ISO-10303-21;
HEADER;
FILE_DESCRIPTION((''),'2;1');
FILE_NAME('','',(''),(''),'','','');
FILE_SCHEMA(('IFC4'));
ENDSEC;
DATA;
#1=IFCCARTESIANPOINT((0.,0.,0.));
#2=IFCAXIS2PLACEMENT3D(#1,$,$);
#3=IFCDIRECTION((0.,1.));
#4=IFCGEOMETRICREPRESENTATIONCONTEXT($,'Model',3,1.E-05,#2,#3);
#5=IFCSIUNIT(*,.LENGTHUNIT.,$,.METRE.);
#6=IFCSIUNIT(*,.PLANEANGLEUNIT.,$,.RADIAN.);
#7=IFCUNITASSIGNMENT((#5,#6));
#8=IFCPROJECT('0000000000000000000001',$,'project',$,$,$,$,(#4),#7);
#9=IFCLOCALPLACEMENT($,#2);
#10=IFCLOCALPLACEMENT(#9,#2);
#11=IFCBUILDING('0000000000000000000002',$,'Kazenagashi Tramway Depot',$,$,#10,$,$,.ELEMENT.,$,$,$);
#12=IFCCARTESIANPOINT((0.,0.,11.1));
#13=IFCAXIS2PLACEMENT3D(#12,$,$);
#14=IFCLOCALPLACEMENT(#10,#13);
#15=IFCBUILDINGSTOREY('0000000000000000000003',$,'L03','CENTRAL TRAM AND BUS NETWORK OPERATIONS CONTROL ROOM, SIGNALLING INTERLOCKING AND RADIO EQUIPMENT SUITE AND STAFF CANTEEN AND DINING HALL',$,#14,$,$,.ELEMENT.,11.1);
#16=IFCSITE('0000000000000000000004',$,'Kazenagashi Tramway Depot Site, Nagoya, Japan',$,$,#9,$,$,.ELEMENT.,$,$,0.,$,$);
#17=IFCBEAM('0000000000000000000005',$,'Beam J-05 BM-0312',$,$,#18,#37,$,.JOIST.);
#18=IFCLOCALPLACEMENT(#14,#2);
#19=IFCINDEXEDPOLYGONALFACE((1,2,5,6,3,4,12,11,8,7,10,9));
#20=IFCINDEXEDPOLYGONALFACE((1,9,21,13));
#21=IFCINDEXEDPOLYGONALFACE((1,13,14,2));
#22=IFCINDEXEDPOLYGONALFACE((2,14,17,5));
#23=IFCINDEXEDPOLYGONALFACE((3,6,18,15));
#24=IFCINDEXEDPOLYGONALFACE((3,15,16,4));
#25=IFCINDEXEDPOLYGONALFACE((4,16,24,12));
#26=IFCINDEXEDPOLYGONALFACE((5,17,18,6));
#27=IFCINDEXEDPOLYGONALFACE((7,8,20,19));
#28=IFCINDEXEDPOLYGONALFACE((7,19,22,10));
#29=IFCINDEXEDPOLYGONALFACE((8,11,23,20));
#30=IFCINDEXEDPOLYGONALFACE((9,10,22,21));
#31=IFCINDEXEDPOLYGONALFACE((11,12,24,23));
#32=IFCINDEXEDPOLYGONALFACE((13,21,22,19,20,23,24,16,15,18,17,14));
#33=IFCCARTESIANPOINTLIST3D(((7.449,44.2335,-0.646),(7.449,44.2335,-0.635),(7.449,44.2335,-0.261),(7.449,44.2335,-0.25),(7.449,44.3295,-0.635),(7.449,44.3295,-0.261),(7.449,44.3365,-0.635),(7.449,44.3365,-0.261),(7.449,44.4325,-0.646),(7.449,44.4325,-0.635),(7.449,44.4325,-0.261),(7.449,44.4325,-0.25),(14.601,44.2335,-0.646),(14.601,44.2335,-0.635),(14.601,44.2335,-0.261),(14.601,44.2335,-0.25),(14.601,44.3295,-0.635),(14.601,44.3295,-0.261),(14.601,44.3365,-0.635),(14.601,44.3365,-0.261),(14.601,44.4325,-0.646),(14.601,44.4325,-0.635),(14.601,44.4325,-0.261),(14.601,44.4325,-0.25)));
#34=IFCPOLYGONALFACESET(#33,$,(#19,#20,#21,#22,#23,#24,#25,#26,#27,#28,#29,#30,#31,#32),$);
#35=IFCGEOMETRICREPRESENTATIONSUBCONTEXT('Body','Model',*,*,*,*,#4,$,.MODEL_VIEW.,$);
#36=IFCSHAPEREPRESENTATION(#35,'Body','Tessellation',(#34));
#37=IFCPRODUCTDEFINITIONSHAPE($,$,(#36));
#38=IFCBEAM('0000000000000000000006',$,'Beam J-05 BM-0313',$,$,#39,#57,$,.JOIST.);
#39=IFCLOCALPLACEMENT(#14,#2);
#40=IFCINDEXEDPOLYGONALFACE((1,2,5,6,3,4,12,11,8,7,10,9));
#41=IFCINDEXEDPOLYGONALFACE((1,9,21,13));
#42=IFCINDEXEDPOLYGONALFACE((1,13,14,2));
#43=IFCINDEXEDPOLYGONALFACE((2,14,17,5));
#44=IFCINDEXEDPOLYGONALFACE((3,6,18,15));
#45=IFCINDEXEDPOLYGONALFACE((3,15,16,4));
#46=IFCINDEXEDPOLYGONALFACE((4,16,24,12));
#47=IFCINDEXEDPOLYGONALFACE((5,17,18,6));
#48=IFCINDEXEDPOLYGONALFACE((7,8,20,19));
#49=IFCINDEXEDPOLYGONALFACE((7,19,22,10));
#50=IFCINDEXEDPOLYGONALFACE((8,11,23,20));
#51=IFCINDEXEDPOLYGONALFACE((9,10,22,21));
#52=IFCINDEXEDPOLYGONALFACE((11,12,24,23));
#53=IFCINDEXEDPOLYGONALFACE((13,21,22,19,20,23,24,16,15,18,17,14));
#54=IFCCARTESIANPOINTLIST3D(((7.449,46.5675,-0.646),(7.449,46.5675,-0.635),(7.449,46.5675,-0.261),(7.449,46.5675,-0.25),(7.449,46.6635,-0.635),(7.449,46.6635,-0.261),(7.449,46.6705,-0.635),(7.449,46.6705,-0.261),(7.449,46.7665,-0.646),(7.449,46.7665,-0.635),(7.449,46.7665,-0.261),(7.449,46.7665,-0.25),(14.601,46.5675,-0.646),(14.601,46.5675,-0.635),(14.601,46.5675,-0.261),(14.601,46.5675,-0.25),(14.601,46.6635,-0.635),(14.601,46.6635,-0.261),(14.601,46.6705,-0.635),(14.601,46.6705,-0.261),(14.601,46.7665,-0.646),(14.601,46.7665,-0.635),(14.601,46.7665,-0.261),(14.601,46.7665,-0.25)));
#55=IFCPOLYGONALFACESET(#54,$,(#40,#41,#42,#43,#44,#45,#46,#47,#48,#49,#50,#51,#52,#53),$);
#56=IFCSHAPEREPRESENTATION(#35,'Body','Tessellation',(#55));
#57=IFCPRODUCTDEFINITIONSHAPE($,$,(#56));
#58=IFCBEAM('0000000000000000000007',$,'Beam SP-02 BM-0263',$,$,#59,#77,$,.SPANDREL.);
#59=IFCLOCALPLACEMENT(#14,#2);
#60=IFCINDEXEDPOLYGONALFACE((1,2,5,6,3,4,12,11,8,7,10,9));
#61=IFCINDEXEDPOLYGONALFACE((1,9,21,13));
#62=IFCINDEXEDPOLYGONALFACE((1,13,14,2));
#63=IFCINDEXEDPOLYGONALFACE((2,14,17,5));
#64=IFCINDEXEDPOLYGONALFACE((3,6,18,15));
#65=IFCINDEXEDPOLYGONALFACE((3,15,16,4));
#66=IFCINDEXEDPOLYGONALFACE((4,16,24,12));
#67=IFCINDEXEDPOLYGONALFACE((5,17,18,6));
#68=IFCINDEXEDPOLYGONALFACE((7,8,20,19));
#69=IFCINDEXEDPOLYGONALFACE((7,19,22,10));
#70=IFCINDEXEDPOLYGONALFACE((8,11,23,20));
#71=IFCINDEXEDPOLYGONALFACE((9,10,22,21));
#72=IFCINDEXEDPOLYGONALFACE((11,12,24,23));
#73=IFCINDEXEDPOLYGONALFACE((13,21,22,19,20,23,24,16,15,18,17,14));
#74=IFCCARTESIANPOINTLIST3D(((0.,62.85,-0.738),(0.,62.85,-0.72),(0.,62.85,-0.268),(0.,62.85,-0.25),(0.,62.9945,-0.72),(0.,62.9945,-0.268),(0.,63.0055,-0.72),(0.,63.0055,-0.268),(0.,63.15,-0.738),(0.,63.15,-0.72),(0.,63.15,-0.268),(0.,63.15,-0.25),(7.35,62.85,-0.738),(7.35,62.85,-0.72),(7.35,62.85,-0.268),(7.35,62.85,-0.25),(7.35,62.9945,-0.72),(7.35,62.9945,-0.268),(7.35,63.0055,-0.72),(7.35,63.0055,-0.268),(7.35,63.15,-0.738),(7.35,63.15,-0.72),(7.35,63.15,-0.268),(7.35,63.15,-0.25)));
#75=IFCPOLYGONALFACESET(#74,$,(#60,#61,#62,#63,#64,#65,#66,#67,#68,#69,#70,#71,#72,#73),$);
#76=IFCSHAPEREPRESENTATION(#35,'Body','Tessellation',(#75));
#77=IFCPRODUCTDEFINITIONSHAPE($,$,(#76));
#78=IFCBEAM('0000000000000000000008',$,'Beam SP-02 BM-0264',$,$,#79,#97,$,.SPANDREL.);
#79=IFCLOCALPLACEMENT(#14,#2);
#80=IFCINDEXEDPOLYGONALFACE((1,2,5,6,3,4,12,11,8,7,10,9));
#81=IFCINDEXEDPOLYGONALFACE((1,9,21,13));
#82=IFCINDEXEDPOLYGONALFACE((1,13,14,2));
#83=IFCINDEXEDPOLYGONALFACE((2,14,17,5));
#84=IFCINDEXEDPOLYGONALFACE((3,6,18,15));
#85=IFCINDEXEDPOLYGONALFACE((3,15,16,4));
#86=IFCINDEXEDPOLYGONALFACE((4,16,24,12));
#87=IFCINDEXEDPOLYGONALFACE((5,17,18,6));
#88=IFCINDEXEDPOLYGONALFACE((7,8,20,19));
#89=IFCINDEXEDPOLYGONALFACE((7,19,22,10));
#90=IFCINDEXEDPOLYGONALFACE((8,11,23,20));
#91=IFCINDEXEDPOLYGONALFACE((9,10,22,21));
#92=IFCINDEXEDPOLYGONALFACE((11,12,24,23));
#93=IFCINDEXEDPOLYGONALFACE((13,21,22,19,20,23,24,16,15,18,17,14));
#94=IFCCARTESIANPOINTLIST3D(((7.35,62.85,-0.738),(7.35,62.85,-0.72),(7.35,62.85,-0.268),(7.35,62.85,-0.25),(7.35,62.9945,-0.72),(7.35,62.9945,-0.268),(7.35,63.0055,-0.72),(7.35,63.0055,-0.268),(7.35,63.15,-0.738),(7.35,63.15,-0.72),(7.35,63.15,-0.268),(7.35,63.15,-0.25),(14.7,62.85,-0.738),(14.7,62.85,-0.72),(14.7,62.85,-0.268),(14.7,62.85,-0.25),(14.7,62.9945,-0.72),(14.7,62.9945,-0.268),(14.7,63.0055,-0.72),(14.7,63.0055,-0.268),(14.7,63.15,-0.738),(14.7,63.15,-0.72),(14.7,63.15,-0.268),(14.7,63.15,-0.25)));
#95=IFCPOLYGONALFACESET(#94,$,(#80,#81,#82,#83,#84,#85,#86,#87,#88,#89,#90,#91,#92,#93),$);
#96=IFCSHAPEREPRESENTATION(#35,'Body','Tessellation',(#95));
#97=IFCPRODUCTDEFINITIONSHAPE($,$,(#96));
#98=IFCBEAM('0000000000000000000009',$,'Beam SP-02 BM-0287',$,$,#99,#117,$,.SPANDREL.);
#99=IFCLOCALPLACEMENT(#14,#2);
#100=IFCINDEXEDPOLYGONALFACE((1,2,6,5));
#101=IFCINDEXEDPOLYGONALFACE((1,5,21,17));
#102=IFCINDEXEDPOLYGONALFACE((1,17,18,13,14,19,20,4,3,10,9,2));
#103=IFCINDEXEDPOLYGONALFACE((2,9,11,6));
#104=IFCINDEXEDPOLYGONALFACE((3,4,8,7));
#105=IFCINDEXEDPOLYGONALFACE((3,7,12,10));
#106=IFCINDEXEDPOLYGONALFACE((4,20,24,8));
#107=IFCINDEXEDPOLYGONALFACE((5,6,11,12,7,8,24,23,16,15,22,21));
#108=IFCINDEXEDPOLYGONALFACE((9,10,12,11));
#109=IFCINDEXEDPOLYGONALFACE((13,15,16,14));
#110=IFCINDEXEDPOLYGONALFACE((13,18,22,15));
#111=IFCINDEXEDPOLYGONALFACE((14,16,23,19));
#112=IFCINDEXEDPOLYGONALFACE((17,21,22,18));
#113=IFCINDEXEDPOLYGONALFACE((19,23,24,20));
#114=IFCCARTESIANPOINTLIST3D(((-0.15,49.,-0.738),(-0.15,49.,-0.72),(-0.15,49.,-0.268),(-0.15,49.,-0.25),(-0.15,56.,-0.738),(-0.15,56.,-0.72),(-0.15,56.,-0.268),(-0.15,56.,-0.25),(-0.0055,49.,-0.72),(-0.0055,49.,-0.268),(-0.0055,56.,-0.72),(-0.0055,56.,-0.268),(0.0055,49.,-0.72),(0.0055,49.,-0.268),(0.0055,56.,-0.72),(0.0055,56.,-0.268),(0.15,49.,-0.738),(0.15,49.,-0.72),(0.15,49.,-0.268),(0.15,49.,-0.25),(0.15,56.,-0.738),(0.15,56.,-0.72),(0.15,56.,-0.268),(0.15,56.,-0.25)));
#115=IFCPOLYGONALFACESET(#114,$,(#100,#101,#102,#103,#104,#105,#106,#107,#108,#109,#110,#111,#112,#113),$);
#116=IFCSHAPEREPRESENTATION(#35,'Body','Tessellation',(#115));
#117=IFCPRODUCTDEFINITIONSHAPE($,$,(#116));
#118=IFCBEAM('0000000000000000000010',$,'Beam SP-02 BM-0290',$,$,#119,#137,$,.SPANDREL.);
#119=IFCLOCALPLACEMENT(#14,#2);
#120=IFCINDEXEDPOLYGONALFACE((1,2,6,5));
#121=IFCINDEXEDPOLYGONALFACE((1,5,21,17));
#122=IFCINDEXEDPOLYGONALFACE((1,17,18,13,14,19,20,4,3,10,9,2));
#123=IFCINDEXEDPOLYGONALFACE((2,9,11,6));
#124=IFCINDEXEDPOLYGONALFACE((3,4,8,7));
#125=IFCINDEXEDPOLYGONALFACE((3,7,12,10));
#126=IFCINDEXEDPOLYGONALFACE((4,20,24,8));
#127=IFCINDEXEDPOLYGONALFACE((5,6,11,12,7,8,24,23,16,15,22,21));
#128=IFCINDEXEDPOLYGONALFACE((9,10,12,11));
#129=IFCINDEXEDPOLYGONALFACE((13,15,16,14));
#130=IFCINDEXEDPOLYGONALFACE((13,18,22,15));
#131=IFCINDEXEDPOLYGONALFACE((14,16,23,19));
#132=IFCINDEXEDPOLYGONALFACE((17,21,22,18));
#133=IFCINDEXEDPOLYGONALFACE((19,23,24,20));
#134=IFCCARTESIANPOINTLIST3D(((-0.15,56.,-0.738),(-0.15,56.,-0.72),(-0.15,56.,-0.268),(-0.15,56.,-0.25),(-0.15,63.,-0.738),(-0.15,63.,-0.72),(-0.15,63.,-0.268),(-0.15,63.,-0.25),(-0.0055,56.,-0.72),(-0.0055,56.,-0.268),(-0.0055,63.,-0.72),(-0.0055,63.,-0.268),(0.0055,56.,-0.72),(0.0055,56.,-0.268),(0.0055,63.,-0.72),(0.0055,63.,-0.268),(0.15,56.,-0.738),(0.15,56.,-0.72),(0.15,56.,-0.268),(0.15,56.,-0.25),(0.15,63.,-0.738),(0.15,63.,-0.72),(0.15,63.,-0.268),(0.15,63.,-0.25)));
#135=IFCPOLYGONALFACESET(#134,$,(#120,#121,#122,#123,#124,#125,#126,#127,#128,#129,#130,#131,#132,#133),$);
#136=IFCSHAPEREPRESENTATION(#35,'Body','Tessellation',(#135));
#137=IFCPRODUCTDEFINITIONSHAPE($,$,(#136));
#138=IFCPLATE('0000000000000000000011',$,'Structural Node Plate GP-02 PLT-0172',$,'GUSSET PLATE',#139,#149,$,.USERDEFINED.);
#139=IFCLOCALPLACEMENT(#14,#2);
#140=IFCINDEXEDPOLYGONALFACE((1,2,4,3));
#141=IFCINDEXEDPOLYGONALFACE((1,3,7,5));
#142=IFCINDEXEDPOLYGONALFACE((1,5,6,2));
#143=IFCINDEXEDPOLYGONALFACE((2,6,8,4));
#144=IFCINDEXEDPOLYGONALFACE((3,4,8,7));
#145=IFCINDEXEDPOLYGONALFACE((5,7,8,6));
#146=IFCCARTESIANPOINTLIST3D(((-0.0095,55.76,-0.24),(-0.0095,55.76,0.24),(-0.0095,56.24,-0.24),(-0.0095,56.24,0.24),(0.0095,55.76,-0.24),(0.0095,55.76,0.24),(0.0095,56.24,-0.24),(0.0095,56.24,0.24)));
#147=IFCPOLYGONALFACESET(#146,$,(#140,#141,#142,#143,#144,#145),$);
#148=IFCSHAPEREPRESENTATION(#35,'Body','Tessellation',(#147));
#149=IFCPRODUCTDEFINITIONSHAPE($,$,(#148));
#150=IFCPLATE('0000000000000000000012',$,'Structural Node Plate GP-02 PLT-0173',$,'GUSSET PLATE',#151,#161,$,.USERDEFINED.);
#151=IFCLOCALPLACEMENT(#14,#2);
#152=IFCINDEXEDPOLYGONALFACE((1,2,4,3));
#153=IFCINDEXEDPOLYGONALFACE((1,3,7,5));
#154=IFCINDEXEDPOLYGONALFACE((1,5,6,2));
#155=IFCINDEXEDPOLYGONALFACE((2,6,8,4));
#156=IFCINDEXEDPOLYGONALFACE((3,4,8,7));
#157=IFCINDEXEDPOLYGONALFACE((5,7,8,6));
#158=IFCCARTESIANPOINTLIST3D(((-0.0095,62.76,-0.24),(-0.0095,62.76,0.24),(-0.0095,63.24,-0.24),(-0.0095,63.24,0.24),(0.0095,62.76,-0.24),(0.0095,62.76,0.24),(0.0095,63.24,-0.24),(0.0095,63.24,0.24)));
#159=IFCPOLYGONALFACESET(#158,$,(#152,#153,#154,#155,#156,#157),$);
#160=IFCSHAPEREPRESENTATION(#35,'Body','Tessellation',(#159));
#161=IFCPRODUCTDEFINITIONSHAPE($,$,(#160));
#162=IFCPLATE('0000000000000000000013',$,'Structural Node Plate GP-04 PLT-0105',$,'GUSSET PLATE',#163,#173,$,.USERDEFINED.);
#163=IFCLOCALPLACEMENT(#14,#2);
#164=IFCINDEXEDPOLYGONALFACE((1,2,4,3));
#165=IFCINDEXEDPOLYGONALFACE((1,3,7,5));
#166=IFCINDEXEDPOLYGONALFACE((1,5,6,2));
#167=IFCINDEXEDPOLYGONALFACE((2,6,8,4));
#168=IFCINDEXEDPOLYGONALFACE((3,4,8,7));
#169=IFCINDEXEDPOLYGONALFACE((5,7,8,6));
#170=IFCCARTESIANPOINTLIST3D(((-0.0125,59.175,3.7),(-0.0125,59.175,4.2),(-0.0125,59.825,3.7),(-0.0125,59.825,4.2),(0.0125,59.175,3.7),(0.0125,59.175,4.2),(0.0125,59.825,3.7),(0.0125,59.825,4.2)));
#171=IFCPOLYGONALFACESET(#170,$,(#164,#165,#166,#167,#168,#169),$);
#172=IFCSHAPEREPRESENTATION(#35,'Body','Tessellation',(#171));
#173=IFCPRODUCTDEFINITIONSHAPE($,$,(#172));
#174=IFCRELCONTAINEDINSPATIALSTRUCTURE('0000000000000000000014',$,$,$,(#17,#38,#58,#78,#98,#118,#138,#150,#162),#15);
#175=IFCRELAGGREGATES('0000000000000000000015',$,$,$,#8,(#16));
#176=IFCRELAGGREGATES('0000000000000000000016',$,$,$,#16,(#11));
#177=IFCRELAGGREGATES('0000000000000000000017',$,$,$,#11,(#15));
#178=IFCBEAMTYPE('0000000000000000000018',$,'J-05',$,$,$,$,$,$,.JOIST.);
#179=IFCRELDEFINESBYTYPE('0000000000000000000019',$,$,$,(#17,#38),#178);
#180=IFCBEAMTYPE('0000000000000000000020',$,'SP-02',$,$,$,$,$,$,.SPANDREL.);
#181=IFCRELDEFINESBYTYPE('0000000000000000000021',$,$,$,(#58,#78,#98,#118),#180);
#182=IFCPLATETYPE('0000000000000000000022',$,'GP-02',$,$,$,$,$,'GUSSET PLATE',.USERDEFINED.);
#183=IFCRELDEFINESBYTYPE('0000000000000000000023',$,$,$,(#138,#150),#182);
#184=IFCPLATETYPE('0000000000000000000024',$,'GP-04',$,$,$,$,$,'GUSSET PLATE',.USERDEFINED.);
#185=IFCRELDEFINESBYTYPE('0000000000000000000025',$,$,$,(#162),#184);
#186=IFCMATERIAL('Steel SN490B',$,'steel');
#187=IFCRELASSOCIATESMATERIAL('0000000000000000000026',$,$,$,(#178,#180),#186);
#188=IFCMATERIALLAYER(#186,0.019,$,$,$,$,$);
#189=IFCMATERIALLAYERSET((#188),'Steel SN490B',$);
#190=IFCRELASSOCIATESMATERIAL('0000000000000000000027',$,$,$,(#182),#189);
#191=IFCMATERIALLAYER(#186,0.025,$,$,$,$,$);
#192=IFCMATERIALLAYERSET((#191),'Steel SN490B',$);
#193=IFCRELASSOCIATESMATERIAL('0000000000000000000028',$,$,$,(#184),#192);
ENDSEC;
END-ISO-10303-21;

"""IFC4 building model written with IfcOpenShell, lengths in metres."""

from ifc_helpers import new_model, si_unit, direction, frame, origin, origin_2d, place, context, subcontext, project, spatial, rectangle, i_section, extrude, material, layer, layer_set, material_profile, profile_set, type_object, element, save


model = new_model("IFC4")

# Units and contexts
model_context = context("Model", 3, precision=1e-05, world=origin(), true_north=direction((0.0, 1.0)))
body_context = subcontext(model_context, "Body", "Model", "MODEL_VIEW")
ifc_project = project(units=[si_unit("LENGTHUNIT", "METRE"), si_unit("PLANEANGLEUNIT", "RADIAN")], contexts=[model_context])

# Site, building, storey
site_placement = place(None, origin())
site = spatial("IfcSite", under=ifc_project, at=site_placement, Name="Kazenagashi Tramway Depot Site, Nagoya, Japan", CompositionType="ELEMENT", RefElevation=0.0)
building_placement = place(site_placement, origin())
building = spatial("IfcBuilding", under=site, at=building_placement, Name="Kazenagashi Tramway Depot", CompositionType="ELEMENT")
storey_placement = place(building_placement, frame((0.0, 0.0, 11.1)))
storey = spatial("IfcBuildingStorey", under=building, at=storey_placement, Name="L03", Description="CENTRAL TRAM AND BUS NETWORK OPERATIONS CONTROL ROOM, SIGNALLING INTERLOCKING AND RADIO EQUIPMENT SUITE AND STAFF CANTEEN AND DINING HALL", CompositionType="ELEMENT", Elevation=11.1)

# Shared definitions
ifc_material_1 = material(Name="Steel SN490B", Category="steel")

# Beams
ifc_material_profile_1 = material_profile(ifc_material_1, i_section(OverallWidth=0.199, OverallDepth=0.396, WebThickness=0.007, FlangeThickness=0.011, at=origin_2d()), Name="H-396x199x7x11")
ifc_profile_set_1 = profile_set([ifc_material_profile_1], Name="Steel SN490B")
beam_type_1 = type_object("IfcBeamType", Name="J-05", PredefinedType="JOIST", material=ifc_profile_set_1)
for number, where, z_axis, x_axis, name in (
    (1, (7.449, 44.333, -0.448), (1.0, 0.0, 0.0), (0.0, 1.0, 0.0), "Beam J-05 BM-0312"),
    (2, (7.449, 46.667, -0.448), (1.0, 0.0, 0.0), (0.0, 1.0, 0.0), "Beam J-05 BM-0313"),
):
    element("IfcBeam", number, at=place(storey_placement, frame(where, z_axis=z_axis, x_axis=x_axis)), inside=storey, type_object=beam_type_1, Name=name, PredefinedType="JOIST", context=body_context, shape_type="SweptSolid", body=[
        extrude(i_section(OverallWidth=0.199, OverallDepth=0.396, WebThickness=0.007, FlangeThickness=0.011, at=origin_2d()), origin(), (0.0, 0.0, 1.0), 7.152),
    ])
ifc_material_profile_2 = material_profile(ifc_material_1, i_section(OverallWidth=0.3, OverallDepth=0.488, WebThickness=0.011, FlangeThickness=0.018, at=origin_2d()), Name="H-488x300x11x18")
ifc_profile_set_2 = profile_set([ifc_material_profile_2], Name="Steel SN490B")
beam_type_2 = type_object("IfcBeamType", Name="SP-02", PredefinedType="SPANDREL", material=ifc_profile_set_2)
for number, where, z_axis, x_axis, name in (
    (3, (0.0, 63.0, -0.494), (1.0, 0.0, 0.0), (0.0, 1.0, 0.0), "Beam SP-02 BM-0263"),
    (4, (7.35, 63.0, -0.494), (1.0, 0.0, 0.0), (0.0, 1.0, 0.0), "Beam SP-02 BM-0264"),
):
    element("IfcBeam", number, at=place(storey_placement, frame(where, z_axis=z_axis, x_axis=x_axis)), inside=storey, type_object=beam_type_2, Name=name, PredefinedType="SPANDREL", context=body_context, shape_type="SweptSolid", body=[
        extrude(i_section(OverallWidth=0.3, OverallDepth=0.488, WebThickness=0.011, FlangeThickness=0.018, at=origin_2d()), origin(), (0.0, 0.0, 1.0), 7.35),
    ])
for number, where, z_axis, x_axis, name in (
    (5, (0.0, 49.0, -0.494), (0.0, 1.0, 0.0), (-1.0, 0.0, 0.0), "Beam SP-02 BM-0287"),
    (6, (0.0, 56.0, -0.494), (0.0, 1.0, 0.0), (-1.0, 0.0, 0.0), "Beam SP-02 BM-0290"),
):
    element("IfcBeam", number, at=place(storey_placement, frame(where, z_axis=z_axis, x_axis=x_axis)), inside=storey, type_object=beam_type_2, Name=name, PredefinedType="SPANDREL", context=body_context, shape_type="SweptSolid", body=[
        extrude(i_section(OverallWidth=0.3, OverallDepth=0.488, WebThickness=0.011, FlangeThickness=0.018, at=origin_2d()), origin(), (0.0, 0.0, 1.0), 7.0),
    ])

# Plates
ifc_layer_1 = layer(ifc_material_1, 0.019)
ifc_layer_set_1 = layer_set([ifc_layer_1], Name="Steel SN490B")
plate_type_1 = type_object("IfcPlateType", Name="GP-02", ElementType="GUSSET PLATE", PredefinedType="USERDEFINED", material=ifc_layer_set_1)
for number, where, z_axis, x_axis, name in (
    (7, (0.0, 56.0, -0.24), (0.0, 0.0, 1.0), (0.0, 1.0, 0.0), "Structural Node Plate GP-02 PLT-0172"),
    (8, (0.0, 63.0, -0.24), (0.0, 0.0, 1.0), (0.0, 1.0, 0.0), "Structural Node Plate GP-02 PLT-0173"),
):
    element("IfcPlate", number, at=place(storey_placement, frame(where, z_axis=z_axis, x_axis=x_axis)), inside=storey, type_object=plate_type_1, Name=name, ObjectType="GUSSET PLATE", PredefinedType="USERDEFINED", context=body_context, shape_type="SweptSolid", body=[
        extrude(rectangle(XDim=0.48, YDim=0.019, at=origin_2d()), origin(), (0.0, 0.0, 1.0), 0.48),
    ])
ifc_layer_2 = layer(ifc_material_1, 0.025)
ifc_layer_set_2 = layer_set([ifc_layer_2], Name="Steel SN490B")
plate_type_2 = type_object("IfcPlateType", Name="GP-04", ElementType="GUSSET PLATE", PredefinedType="USERDEFINED", material=ifc_layer_set_2)
plate_placement = place(storey_placement, frame((0.0, 59.5, 3.7), z_axis=(0.0, 0.0, 1.0), x_axis=(0.0, 1.0, 0.0)))
element("IfcPlate", 9, at=plate_placement, inside=storey, type_object=plate_type_2, Name="Structural Node Plate GP-04 PLT-0105", ObjectType="GUSSET PLATE", PredefinedType="USERDEFINED", context=body_context, shape_type="SweptSolid", body=[
    extrude(rectangle(XDim=0.65, YDim=0.025, at=origin_2d()), origin(), (0.0, 0.0, 1.0), 0.5),
])

save(model, "model.ifc")
